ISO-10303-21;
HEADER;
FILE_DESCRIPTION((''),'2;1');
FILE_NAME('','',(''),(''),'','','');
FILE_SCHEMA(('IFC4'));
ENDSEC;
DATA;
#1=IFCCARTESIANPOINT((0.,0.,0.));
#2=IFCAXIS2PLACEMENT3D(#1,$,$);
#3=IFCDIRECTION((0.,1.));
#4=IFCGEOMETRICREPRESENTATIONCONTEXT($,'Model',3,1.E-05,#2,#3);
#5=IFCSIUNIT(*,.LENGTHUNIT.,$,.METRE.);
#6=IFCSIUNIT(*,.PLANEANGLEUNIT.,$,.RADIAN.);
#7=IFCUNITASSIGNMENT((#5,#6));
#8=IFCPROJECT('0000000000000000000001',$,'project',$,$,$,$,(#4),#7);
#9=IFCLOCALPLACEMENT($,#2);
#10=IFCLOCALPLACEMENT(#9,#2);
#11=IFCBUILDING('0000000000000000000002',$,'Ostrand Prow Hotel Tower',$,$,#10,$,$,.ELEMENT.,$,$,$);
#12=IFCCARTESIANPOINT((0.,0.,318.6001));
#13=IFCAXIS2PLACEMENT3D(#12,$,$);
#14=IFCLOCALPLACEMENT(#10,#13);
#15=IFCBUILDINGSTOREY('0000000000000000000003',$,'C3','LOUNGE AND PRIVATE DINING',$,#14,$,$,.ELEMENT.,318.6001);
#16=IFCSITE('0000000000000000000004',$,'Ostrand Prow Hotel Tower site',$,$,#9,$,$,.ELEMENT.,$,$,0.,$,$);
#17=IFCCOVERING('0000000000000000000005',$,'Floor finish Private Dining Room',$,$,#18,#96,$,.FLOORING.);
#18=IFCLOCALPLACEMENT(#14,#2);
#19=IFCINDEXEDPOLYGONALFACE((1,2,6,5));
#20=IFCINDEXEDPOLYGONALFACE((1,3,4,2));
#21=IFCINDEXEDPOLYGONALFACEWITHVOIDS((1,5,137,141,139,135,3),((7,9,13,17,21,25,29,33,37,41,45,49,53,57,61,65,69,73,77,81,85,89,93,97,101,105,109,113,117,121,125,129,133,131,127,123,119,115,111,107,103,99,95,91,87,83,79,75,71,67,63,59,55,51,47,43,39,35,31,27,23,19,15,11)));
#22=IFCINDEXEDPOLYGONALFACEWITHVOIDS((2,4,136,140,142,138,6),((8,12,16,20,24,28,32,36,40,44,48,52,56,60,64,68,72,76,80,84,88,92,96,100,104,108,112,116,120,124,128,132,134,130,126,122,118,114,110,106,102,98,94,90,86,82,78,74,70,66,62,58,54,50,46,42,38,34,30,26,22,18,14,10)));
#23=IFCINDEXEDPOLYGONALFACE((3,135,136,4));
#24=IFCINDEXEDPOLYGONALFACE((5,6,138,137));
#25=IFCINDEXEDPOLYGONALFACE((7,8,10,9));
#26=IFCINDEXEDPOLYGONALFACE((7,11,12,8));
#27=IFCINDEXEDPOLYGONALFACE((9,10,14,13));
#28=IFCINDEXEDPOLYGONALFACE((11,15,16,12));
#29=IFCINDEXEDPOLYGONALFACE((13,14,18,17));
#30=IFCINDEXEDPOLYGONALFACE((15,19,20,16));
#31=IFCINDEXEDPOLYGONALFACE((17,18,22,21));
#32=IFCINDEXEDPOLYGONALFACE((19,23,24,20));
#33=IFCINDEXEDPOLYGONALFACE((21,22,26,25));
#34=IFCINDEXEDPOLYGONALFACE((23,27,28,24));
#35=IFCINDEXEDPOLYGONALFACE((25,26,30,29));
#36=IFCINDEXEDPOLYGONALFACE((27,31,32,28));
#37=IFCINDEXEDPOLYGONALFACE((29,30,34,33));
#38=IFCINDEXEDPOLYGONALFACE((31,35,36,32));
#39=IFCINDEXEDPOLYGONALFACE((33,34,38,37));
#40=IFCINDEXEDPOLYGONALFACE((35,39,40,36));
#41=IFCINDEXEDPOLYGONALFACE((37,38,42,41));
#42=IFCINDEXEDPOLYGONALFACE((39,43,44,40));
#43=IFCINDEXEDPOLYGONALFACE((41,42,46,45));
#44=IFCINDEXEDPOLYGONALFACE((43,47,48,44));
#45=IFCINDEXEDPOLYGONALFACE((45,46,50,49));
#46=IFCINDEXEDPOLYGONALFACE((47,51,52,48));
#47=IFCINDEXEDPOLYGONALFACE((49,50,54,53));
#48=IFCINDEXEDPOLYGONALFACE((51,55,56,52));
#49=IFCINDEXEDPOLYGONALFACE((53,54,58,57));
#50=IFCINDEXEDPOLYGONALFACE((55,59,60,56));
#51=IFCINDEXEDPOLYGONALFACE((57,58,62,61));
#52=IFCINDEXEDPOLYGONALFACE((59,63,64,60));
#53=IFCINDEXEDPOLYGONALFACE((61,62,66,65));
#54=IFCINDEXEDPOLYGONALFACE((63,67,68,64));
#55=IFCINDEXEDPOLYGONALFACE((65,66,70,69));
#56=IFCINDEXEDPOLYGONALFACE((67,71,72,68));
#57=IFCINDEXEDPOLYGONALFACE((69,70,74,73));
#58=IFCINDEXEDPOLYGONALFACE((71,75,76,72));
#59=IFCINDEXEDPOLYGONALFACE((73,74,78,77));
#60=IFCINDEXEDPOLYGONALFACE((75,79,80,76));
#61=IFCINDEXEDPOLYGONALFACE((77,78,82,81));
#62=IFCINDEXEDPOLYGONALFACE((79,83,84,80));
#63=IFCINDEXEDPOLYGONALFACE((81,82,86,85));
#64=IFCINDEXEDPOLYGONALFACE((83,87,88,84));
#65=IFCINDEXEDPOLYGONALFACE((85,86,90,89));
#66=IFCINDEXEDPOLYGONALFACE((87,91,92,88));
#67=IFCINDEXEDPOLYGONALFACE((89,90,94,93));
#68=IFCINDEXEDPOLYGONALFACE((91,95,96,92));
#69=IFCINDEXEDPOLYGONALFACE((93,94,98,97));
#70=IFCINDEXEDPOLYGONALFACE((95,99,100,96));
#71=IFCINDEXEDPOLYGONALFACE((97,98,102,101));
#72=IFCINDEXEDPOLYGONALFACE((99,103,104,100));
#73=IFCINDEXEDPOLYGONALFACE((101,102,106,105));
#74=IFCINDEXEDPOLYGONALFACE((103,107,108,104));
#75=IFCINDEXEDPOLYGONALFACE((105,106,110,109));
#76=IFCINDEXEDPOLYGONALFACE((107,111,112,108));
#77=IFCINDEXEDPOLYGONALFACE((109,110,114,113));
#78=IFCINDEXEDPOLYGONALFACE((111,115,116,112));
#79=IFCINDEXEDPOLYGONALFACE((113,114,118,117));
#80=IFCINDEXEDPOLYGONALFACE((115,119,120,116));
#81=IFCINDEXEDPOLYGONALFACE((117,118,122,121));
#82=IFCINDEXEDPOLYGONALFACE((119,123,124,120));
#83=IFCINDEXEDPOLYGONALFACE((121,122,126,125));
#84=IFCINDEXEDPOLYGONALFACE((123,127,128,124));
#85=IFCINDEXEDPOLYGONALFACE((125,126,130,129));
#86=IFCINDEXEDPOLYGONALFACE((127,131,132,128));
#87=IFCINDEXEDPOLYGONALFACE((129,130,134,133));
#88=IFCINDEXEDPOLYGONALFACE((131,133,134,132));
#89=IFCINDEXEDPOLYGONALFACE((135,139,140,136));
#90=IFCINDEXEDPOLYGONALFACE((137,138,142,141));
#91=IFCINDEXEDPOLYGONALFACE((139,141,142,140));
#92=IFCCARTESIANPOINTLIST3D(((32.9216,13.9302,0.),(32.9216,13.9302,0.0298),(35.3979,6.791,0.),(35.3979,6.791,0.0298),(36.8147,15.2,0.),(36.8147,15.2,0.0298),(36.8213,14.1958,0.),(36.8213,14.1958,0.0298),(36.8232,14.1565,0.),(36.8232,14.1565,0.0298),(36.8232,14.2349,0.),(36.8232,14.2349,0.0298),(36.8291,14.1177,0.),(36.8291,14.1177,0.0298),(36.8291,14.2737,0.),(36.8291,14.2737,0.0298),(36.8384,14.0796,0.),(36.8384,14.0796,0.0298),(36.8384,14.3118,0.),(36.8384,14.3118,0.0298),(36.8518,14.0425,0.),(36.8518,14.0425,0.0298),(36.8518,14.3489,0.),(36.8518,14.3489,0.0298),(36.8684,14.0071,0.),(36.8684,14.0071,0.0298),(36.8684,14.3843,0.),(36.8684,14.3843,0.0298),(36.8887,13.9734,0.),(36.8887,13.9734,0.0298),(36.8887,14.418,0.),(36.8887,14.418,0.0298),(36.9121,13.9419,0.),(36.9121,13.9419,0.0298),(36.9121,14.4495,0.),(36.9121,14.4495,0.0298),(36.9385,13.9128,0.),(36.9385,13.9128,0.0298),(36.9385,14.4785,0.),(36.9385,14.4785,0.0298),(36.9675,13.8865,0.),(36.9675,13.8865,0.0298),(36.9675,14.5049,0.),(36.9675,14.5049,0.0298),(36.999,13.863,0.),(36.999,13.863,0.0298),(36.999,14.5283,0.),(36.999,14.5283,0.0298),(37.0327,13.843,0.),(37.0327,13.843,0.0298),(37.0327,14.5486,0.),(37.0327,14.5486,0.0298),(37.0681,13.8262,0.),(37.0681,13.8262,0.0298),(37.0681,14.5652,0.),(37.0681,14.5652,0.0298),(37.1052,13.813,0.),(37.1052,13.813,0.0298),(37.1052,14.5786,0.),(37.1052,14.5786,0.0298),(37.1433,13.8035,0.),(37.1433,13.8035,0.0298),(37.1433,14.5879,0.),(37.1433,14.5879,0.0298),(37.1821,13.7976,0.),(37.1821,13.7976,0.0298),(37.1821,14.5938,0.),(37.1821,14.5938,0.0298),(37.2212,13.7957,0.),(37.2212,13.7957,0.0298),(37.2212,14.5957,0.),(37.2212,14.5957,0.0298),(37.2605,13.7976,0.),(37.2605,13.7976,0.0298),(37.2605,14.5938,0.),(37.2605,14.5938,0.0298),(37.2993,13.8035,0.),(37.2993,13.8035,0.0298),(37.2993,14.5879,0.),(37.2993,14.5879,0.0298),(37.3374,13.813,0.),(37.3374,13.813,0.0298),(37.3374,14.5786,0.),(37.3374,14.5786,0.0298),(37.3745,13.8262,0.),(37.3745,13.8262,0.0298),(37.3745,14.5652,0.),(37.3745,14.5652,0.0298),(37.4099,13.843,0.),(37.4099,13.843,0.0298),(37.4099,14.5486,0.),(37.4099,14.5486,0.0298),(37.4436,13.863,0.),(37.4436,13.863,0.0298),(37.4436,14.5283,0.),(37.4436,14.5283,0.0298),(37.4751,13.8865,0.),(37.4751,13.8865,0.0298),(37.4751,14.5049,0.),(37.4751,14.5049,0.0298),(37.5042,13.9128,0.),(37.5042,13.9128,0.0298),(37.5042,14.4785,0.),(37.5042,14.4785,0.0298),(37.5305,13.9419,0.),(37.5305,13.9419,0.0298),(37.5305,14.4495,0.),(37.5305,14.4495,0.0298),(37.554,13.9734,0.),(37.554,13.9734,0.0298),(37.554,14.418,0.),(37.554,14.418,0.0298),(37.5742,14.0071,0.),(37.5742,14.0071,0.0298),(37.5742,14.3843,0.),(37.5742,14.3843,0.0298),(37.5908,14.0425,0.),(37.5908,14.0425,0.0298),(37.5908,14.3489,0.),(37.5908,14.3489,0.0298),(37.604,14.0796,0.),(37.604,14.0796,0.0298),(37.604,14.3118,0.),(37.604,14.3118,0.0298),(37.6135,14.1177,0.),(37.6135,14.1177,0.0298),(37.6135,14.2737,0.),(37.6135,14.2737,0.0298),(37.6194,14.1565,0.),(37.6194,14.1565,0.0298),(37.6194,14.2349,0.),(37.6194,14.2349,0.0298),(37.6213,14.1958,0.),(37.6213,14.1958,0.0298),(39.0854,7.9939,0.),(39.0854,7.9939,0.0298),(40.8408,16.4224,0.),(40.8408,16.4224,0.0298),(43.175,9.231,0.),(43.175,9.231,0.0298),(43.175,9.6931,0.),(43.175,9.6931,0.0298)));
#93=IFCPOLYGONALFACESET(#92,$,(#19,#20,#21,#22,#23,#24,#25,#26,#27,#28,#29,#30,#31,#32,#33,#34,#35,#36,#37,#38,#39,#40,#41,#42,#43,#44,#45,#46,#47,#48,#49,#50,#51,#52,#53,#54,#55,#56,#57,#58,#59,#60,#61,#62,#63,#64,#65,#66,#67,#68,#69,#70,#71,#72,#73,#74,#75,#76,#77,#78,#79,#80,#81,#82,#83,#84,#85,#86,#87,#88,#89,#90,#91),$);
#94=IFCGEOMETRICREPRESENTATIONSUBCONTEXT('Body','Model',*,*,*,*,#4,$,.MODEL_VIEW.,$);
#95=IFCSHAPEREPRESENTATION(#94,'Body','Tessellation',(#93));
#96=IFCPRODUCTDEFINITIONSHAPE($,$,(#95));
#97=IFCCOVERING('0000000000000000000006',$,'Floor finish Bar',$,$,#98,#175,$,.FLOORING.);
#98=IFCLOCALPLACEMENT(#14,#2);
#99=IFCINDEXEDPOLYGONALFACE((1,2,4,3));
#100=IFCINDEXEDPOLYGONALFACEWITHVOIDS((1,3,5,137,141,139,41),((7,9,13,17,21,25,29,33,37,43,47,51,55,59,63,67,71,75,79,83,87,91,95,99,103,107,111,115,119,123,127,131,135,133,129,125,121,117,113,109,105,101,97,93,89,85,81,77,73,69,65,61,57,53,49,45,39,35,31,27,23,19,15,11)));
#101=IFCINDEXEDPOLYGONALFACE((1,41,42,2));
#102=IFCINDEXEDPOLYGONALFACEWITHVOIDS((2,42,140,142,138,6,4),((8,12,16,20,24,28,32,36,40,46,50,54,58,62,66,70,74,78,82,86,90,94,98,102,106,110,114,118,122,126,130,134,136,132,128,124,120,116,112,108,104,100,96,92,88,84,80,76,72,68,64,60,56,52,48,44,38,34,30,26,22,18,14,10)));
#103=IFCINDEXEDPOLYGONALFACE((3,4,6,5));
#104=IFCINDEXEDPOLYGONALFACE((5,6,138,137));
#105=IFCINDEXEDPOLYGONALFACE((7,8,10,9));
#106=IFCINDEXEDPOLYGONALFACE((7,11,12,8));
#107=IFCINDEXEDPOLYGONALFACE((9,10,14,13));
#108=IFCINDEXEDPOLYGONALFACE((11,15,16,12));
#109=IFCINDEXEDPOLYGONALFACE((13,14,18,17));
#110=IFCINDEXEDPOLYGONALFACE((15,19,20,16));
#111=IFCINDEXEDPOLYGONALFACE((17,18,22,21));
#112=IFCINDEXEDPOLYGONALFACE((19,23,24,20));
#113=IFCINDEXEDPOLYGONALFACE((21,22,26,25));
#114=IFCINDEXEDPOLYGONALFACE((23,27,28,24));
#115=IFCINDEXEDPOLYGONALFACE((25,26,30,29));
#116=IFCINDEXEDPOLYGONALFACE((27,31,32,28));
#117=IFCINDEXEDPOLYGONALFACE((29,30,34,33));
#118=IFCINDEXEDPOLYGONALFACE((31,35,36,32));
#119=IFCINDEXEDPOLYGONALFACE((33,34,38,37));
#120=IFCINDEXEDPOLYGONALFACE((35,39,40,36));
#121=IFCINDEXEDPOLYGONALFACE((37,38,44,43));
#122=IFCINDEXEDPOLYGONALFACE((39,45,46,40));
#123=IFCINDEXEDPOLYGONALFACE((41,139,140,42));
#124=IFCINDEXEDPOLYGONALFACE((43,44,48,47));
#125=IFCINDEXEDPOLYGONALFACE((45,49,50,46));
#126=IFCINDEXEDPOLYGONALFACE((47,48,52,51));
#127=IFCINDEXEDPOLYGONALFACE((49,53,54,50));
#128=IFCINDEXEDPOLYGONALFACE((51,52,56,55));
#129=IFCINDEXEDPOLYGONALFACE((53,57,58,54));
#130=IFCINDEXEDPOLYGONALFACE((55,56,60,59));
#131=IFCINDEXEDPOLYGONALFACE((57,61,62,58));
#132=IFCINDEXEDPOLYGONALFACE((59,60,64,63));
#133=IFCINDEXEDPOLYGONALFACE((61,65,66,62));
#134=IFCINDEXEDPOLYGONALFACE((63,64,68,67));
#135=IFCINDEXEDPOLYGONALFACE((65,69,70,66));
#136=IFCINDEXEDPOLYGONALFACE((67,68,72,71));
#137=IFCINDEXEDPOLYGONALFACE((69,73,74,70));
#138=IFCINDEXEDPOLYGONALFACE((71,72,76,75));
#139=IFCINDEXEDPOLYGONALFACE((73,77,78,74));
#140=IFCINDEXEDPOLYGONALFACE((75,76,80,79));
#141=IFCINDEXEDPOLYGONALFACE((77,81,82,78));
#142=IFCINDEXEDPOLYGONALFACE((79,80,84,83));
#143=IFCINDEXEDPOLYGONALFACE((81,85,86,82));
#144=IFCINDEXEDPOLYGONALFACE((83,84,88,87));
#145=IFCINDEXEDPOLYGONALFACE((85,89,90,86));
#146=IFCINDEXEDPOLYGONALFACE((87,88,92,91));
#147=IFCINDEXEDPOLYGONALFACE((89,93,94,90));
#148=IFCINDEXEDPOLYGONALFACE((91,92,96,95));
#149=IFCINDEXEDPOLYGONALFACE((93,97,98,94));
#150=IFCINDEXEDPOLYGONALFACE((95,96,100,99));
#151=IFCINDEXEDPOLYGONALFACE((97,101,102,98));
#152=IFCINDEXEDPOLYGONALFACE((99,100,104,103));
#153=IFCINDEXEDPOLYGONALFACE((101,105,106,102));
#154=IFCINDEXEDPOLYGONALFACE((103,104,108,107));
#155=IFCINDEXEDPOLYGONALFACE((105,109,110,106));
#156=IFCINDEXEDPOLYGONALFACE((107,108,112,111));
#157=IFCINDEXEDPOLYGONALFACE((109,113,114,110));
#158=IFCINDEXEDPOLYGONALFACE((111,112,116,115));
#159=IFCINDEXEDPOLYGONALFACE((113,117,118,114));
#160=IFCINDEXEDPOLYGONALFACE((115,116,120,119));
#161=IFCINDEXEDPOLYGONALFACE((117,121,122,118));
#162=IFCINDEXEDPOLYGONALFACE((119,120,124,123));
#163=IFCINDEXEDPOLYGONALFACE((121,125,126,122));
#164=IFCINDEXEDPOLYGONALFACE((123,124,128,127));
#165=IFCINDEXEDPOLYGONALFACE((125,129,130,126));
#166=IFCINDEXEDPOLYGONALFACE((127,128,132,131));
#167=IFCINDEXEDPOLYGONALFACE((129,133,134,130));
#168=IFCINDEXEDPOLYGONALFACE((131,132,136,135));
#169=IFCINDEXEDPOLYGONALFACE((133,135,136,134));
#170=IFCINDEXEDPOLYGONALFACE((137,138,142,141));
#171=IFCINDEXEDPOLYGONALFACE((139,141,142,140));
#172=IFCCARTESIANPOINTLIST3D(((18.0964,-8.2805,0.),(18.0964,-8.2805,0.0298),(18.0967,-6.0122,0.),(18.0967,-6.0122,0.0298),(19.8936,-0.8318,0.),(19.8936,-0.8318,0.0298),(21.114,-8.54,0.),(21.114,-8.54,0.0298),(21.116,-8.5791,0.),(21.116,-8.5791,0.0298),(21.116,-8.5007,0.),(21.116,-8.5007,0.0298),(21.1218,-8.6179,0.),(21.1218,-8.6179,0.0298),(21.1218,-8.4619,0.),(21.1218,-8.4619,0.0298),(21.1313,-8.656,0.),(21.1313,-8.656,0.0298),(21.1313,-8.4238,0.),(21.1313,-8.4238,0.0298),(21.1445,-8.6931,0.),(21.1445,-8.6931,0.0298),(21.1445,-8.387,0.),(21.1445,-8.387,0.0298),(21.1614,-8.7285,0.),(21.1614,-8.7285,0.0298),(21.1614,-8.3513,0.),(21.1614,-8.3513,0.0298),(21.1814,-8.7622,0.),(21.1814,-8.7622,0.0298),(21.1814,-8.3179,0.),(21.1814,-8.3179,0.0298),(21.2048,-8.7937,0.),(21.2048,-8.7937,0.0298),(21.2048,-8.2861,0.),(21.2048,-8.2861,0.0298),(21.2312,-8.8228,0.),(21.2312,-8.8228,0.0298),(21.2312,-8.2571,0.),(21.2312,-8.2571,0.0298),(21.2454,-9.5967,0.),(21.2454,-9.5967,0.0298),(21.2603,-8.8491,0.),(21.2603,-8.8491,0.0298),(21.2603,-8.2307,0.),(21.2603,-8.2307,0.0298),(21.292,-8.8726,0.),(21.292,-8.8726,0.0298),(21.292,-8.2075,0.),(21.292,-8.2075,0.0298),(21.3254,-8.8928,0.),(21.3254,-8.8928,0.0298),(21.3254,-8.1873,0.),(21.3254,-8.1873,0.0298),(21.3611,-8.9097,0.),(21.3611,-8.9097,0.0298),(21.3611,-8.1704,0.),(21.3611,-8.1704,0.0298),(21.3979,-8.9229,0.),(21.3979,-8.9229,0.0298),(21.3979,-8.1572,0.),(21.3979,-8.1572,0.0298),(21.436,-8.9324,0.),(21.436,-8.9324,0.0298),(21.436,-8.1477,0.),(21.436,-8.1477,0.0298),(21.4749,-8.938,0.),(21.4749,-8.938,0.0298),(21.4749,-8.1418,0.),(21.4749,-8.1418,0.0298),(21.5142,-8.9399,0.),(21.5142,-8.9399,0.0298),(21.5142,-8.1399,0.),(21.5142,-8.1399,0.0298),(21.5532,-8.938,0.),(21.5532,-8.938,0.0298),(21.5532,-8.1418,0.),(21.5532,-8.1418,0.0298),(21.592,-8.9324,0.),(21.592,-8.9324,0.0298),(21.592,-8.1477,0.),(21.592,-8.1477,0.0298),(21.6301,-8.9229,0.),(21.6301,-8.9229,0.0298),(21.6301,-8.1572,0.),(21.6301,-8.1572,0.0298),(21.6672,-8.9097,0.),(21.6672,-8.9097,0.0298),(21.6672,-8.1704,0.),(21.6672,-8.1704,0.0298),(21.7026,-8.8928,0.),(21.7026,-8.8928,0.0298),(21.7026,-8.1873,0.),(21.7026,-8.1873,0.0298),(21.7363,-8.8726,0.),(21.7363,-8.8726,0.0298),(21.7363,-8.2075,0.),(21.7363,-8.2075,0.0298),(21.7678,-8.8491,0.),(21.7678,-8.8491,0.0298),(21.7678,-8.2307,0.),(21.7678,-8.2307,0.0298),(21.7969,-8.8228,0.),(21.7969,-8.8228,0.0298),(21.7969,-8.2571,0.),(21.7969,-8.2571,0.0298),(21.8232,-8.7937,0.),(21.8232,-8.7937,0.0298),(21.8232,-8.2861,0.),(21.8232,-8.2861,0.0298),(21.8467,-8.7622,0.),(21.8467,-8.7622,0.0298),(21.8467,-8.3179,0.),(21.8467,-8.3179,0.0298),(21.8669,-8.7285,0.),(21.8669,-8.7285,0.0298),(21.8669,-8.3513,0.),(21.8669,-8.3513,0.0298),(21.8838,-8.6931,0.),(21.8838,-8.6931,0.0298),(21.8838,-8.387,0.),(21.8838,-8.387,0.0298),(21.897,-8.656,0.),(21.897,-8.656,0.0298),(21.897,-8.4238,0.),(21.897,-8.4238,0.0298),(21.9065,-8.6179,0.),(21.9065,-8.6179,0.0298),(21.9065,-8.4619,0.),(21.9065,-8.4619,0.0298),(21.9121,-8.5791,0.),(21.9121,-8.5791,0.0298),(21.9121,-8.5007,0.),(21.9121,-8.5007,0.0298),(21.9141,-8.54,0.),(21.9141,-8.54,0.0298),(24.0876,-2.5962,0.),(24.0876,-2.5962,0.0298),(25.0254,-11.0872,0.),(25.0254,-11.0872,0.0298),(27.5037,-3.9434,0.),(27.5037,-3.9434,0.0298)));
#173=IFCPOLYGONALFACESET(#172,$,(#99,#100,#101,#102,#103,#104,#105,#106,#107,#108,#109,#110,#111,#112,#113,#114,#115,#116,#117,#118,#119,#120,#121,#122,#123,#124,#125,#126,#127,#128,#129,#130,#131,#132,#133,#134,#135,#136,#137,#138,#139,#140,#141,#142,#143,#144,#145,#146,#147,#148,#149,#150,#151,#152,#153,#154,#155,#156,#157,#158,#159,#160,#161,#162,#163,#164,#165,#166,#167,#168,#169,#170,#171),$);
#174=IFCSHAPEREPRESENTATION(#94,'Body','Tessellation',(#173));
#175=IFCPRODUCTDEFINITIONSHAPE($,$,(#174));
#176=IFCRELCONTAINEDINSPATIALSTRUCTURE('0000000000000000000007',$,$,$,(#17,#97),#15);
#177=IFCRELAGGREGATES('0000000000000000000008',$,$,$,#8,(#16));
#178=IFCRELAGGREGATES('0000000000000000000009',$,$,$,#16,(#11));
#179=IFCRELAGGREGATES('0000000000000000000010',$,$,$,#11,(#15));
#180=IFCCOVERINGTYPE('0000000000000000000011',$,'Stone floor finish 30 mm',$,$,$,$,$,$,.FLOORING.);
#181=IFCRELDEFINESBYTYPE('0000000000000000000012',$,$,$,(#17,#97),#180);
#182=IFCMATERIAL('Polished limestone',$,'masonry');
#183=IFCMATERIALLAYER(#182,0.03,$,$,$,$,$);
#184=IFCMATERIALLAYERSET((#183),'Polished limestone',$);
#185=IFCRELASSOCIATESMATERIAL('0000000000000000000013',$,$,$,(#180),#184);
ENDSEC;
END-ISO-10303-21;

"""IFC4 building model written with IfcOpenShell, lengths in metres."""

from ifc_helpers import new_model, si_unit, direction, frame, origin, place, context, subcontext, project, spatial, polyline, outline, extrude, material, layer, layer_set, type_object, element, save


model = new_model("IFC4")

# Units and contexts
model_context = context("Model", 3, precision=1e-05, world=origin(), true_north=direction((0.0, 1.0)))
body_context = subcontext(model_context, "Body", "Model", "MODEL_VIEW")
ifc_project = project(units=[si_unit("LENGTHUNIT", "METRE"), si_unit("PLANEANGLEUNIT", "RADIAN")], contexts=[model_context])

# Site, building, storey
site_placement = place(None, origin())
site = spatial("IfcSite", under=ifc_project, at=site_placement, Name="Ostrand Prow Hotel Tower site", CompositionType="ELEMENT", RefElevation=0.0)
building_placement = place(site_placement, origin())
building = spatial("IfcBuilding", under=site, at=building_placement, Name="Ostrand Prow Hotel Tower", CompositionType="ELEMENT")
storey_placement = place(building_placement, frame((0.0, 0.0, 318.6001)))
storey = spatial("IfcBuildingStorey", under=building, at=storey_placement, Name="C3", Description="LOUNGE AND PRIVATE DINING", CompositionType="ELEMENT", Elevation=318.6001)

# Coverings
ifc_material_1 = material(Name="Polished limestone", Category="masonry")
ifc_layer_1 = layer(ifc_material_1, 0.03)
ifc_layer_set_1 = layer_set([ifc_layer_1], Name="Polished limestone")
covering_type_1 = type_object("IfcCoveringType", Name="Stone floor finish 30 mm", PredefinedType="FLOORING", material=ifc_layer_set_1)
covering_1_placement = place(storey_placement, origin())
element("IfcCovering", 1, at=covering_1_placement, inside=storey, type_object=covering_type_1, Name="Floor finish Private Dining Room", PredefinedType="FLOORING", context=body_context, shape_type="SweptSolid", body=[
    extrude(outline(polyline([(43.175, 9.6931), (40.8408, 16.4224), (36.8147, 15.2), (32.9216, 13.9302), (35.3979, 6.791), (39.0854, 7.9939), (43.175, 9.231), (43.175, 9.6931)]), holes=[polyline([(37.5742, 14.0071), (37.554, 13.9734), (37.5305, 13.9419), (37.5042, 13.9128), (37.4751, 13.8865), (37.4436, 13.863), (37.4099, 13.843), (37.3745, 13.8262), (37.3374, 13.813), (37.2993, 13.8035), (37.2605, 13.7976), (37.2212, 13.7957), (37.1821, 13.7976), (37.1433, 13.8035), (37.1052, 13.813), (37.0681, 13.8262), (37.0327, 13.843), (36.999, 13.863), (36.9675, 13.8865), (36.9385, 13.9128), (36.9121, 13.9419), (36.8887, 13.9734), (36.8684, 14.0071), (36.8518, 14.0425), (36.8384, 14.0796), (36.8291, 14.1177), (36.8232, 14.1565), (36.8213, 14.1958), (36.8232, 14.2349), (36.8291, 14.2737), (36.8384, 14.3118), (36.8518, 14.3489), (36.8684, 14.3843), (36.8887, 14.418), (36.9121, 14.4495), (36.9385, 14.4785), (36.9675, 14.5049), (36.999, 14.5283), (37.0327, 14.5486), (37.0681, 14.5652), (37.1052, 14.5786), (37.1433, 14.5879), (37.1821, 14.5938), (37.2212, 14.5957), (37.2605, 14.5938), (37.2993, 14.5879), (37.3374, 14.5786), (37.3745, 14.5652), (37.4099, 14.5486), (37.4436, 14.5283), (37.4751, 14.5049), (37.5042, 14.4785), (37.5305, 14.4495), (37.554, 14.418), (37.5742, 14.3843), (37.5908, 14.3489), (37.604, 14.3118), (37.6135, 14.2737), (37.6194, 14.2349), (37.6213, 14.1958), (37.6194, 14.1565), (37.6135, 14.1177), (37.604, 14.0796), (37.5908, 14.0425), (37.5742, 14.0071)])]), origin(), (0.0, 0.0, 1.0), 0.0298),
])
covering_2_placement = place(storey_placement, origin())
element("IfcCovering", 2, at=covering_2_placement, inside=storey, type_object=covering_type_1, Name="Floor finish Bar", PredefinedType="FLOORING", context=body_context, shape_type="SweptSolid", body=[
    extrude(outline(polyline([(21.2454, -9.5967), (25.0254, -11.0872), (27.5037, -3.9434), (24.0876, -2.5962), (19.8936, -0.8318), (18.0967, -6.0122), (18.0964, -8.2805), (21.2454, -9.5967)]), holes=[polyline([(21.8669, -8.7285), (21.8467, -8.7622), (21.8232, -8.7937), (21.7969, -8.8228), (21.7678, -8.8491), (21.7363, -8.8726), (21.7026, -8.8928), (21.6672, -8.9097), (21.6301, -8.9229), (21.592, -8.9324), (21.5532, -8.938), (21.5142, -8.9399), (21.4749, -8.938), (21.436, -8.9324), (21.3979, -8.9229), (21.3611, -8.9097), (21.3254, -8.8928), (21.292, -8.8726), (21.2603, -8.8491), (21.2312, -8.8228), (21.2048, -8.7937), (21.1814, -8.7622), (21.1614, -8.7285), (21.1445, -8.6931), (21.1313, -8.656), (21.1218, -8.6179), (21.116, -8.5791), (21.114, -8.54), (21.116, -8.5007), (21.1218, -8.4619), (21.1313, -8.4238), (21.1445, -8.387), (21.1614, -8.3513), (21.1814, -8.3179), (21.2048, -8.2861), (21.2312, -8.2571), (21.2603, -8.2307), (21.292, -8.2075), (21.3254, -8.1873), (21.3611, -8.1704), (21.3979, -8.1572), (21.436, -8.1477), (21.4749, -8.1418), (21.5142, -8.1399), (21.5532, -8.1418), (21.592, -8.1477), (21.6301, -8.1572), (21.6672, -8.1704), (21.7026, -8.1873), (21.7363, -8.2075), (21.7678, -8.2307), (21.7969, -8.2571), (21.8232, -8.2861), (21.8467, -8.3179), (21.8669, -8.3513), (21.8838, -8.387), (21.897, -8.4238), (21.9065, -8.4619), (21.9121, -8.5007), (21.9141, -8.54), (21.9121, -8.5791), (21.9065, -8.6179), (21.897, -8.656), (21.8838, -8.6931), (21.8669, -8.7285)])]), origin(), (0.0, 0.0, 1.0), 0.0298),
])

save(model, "model.ifc")
